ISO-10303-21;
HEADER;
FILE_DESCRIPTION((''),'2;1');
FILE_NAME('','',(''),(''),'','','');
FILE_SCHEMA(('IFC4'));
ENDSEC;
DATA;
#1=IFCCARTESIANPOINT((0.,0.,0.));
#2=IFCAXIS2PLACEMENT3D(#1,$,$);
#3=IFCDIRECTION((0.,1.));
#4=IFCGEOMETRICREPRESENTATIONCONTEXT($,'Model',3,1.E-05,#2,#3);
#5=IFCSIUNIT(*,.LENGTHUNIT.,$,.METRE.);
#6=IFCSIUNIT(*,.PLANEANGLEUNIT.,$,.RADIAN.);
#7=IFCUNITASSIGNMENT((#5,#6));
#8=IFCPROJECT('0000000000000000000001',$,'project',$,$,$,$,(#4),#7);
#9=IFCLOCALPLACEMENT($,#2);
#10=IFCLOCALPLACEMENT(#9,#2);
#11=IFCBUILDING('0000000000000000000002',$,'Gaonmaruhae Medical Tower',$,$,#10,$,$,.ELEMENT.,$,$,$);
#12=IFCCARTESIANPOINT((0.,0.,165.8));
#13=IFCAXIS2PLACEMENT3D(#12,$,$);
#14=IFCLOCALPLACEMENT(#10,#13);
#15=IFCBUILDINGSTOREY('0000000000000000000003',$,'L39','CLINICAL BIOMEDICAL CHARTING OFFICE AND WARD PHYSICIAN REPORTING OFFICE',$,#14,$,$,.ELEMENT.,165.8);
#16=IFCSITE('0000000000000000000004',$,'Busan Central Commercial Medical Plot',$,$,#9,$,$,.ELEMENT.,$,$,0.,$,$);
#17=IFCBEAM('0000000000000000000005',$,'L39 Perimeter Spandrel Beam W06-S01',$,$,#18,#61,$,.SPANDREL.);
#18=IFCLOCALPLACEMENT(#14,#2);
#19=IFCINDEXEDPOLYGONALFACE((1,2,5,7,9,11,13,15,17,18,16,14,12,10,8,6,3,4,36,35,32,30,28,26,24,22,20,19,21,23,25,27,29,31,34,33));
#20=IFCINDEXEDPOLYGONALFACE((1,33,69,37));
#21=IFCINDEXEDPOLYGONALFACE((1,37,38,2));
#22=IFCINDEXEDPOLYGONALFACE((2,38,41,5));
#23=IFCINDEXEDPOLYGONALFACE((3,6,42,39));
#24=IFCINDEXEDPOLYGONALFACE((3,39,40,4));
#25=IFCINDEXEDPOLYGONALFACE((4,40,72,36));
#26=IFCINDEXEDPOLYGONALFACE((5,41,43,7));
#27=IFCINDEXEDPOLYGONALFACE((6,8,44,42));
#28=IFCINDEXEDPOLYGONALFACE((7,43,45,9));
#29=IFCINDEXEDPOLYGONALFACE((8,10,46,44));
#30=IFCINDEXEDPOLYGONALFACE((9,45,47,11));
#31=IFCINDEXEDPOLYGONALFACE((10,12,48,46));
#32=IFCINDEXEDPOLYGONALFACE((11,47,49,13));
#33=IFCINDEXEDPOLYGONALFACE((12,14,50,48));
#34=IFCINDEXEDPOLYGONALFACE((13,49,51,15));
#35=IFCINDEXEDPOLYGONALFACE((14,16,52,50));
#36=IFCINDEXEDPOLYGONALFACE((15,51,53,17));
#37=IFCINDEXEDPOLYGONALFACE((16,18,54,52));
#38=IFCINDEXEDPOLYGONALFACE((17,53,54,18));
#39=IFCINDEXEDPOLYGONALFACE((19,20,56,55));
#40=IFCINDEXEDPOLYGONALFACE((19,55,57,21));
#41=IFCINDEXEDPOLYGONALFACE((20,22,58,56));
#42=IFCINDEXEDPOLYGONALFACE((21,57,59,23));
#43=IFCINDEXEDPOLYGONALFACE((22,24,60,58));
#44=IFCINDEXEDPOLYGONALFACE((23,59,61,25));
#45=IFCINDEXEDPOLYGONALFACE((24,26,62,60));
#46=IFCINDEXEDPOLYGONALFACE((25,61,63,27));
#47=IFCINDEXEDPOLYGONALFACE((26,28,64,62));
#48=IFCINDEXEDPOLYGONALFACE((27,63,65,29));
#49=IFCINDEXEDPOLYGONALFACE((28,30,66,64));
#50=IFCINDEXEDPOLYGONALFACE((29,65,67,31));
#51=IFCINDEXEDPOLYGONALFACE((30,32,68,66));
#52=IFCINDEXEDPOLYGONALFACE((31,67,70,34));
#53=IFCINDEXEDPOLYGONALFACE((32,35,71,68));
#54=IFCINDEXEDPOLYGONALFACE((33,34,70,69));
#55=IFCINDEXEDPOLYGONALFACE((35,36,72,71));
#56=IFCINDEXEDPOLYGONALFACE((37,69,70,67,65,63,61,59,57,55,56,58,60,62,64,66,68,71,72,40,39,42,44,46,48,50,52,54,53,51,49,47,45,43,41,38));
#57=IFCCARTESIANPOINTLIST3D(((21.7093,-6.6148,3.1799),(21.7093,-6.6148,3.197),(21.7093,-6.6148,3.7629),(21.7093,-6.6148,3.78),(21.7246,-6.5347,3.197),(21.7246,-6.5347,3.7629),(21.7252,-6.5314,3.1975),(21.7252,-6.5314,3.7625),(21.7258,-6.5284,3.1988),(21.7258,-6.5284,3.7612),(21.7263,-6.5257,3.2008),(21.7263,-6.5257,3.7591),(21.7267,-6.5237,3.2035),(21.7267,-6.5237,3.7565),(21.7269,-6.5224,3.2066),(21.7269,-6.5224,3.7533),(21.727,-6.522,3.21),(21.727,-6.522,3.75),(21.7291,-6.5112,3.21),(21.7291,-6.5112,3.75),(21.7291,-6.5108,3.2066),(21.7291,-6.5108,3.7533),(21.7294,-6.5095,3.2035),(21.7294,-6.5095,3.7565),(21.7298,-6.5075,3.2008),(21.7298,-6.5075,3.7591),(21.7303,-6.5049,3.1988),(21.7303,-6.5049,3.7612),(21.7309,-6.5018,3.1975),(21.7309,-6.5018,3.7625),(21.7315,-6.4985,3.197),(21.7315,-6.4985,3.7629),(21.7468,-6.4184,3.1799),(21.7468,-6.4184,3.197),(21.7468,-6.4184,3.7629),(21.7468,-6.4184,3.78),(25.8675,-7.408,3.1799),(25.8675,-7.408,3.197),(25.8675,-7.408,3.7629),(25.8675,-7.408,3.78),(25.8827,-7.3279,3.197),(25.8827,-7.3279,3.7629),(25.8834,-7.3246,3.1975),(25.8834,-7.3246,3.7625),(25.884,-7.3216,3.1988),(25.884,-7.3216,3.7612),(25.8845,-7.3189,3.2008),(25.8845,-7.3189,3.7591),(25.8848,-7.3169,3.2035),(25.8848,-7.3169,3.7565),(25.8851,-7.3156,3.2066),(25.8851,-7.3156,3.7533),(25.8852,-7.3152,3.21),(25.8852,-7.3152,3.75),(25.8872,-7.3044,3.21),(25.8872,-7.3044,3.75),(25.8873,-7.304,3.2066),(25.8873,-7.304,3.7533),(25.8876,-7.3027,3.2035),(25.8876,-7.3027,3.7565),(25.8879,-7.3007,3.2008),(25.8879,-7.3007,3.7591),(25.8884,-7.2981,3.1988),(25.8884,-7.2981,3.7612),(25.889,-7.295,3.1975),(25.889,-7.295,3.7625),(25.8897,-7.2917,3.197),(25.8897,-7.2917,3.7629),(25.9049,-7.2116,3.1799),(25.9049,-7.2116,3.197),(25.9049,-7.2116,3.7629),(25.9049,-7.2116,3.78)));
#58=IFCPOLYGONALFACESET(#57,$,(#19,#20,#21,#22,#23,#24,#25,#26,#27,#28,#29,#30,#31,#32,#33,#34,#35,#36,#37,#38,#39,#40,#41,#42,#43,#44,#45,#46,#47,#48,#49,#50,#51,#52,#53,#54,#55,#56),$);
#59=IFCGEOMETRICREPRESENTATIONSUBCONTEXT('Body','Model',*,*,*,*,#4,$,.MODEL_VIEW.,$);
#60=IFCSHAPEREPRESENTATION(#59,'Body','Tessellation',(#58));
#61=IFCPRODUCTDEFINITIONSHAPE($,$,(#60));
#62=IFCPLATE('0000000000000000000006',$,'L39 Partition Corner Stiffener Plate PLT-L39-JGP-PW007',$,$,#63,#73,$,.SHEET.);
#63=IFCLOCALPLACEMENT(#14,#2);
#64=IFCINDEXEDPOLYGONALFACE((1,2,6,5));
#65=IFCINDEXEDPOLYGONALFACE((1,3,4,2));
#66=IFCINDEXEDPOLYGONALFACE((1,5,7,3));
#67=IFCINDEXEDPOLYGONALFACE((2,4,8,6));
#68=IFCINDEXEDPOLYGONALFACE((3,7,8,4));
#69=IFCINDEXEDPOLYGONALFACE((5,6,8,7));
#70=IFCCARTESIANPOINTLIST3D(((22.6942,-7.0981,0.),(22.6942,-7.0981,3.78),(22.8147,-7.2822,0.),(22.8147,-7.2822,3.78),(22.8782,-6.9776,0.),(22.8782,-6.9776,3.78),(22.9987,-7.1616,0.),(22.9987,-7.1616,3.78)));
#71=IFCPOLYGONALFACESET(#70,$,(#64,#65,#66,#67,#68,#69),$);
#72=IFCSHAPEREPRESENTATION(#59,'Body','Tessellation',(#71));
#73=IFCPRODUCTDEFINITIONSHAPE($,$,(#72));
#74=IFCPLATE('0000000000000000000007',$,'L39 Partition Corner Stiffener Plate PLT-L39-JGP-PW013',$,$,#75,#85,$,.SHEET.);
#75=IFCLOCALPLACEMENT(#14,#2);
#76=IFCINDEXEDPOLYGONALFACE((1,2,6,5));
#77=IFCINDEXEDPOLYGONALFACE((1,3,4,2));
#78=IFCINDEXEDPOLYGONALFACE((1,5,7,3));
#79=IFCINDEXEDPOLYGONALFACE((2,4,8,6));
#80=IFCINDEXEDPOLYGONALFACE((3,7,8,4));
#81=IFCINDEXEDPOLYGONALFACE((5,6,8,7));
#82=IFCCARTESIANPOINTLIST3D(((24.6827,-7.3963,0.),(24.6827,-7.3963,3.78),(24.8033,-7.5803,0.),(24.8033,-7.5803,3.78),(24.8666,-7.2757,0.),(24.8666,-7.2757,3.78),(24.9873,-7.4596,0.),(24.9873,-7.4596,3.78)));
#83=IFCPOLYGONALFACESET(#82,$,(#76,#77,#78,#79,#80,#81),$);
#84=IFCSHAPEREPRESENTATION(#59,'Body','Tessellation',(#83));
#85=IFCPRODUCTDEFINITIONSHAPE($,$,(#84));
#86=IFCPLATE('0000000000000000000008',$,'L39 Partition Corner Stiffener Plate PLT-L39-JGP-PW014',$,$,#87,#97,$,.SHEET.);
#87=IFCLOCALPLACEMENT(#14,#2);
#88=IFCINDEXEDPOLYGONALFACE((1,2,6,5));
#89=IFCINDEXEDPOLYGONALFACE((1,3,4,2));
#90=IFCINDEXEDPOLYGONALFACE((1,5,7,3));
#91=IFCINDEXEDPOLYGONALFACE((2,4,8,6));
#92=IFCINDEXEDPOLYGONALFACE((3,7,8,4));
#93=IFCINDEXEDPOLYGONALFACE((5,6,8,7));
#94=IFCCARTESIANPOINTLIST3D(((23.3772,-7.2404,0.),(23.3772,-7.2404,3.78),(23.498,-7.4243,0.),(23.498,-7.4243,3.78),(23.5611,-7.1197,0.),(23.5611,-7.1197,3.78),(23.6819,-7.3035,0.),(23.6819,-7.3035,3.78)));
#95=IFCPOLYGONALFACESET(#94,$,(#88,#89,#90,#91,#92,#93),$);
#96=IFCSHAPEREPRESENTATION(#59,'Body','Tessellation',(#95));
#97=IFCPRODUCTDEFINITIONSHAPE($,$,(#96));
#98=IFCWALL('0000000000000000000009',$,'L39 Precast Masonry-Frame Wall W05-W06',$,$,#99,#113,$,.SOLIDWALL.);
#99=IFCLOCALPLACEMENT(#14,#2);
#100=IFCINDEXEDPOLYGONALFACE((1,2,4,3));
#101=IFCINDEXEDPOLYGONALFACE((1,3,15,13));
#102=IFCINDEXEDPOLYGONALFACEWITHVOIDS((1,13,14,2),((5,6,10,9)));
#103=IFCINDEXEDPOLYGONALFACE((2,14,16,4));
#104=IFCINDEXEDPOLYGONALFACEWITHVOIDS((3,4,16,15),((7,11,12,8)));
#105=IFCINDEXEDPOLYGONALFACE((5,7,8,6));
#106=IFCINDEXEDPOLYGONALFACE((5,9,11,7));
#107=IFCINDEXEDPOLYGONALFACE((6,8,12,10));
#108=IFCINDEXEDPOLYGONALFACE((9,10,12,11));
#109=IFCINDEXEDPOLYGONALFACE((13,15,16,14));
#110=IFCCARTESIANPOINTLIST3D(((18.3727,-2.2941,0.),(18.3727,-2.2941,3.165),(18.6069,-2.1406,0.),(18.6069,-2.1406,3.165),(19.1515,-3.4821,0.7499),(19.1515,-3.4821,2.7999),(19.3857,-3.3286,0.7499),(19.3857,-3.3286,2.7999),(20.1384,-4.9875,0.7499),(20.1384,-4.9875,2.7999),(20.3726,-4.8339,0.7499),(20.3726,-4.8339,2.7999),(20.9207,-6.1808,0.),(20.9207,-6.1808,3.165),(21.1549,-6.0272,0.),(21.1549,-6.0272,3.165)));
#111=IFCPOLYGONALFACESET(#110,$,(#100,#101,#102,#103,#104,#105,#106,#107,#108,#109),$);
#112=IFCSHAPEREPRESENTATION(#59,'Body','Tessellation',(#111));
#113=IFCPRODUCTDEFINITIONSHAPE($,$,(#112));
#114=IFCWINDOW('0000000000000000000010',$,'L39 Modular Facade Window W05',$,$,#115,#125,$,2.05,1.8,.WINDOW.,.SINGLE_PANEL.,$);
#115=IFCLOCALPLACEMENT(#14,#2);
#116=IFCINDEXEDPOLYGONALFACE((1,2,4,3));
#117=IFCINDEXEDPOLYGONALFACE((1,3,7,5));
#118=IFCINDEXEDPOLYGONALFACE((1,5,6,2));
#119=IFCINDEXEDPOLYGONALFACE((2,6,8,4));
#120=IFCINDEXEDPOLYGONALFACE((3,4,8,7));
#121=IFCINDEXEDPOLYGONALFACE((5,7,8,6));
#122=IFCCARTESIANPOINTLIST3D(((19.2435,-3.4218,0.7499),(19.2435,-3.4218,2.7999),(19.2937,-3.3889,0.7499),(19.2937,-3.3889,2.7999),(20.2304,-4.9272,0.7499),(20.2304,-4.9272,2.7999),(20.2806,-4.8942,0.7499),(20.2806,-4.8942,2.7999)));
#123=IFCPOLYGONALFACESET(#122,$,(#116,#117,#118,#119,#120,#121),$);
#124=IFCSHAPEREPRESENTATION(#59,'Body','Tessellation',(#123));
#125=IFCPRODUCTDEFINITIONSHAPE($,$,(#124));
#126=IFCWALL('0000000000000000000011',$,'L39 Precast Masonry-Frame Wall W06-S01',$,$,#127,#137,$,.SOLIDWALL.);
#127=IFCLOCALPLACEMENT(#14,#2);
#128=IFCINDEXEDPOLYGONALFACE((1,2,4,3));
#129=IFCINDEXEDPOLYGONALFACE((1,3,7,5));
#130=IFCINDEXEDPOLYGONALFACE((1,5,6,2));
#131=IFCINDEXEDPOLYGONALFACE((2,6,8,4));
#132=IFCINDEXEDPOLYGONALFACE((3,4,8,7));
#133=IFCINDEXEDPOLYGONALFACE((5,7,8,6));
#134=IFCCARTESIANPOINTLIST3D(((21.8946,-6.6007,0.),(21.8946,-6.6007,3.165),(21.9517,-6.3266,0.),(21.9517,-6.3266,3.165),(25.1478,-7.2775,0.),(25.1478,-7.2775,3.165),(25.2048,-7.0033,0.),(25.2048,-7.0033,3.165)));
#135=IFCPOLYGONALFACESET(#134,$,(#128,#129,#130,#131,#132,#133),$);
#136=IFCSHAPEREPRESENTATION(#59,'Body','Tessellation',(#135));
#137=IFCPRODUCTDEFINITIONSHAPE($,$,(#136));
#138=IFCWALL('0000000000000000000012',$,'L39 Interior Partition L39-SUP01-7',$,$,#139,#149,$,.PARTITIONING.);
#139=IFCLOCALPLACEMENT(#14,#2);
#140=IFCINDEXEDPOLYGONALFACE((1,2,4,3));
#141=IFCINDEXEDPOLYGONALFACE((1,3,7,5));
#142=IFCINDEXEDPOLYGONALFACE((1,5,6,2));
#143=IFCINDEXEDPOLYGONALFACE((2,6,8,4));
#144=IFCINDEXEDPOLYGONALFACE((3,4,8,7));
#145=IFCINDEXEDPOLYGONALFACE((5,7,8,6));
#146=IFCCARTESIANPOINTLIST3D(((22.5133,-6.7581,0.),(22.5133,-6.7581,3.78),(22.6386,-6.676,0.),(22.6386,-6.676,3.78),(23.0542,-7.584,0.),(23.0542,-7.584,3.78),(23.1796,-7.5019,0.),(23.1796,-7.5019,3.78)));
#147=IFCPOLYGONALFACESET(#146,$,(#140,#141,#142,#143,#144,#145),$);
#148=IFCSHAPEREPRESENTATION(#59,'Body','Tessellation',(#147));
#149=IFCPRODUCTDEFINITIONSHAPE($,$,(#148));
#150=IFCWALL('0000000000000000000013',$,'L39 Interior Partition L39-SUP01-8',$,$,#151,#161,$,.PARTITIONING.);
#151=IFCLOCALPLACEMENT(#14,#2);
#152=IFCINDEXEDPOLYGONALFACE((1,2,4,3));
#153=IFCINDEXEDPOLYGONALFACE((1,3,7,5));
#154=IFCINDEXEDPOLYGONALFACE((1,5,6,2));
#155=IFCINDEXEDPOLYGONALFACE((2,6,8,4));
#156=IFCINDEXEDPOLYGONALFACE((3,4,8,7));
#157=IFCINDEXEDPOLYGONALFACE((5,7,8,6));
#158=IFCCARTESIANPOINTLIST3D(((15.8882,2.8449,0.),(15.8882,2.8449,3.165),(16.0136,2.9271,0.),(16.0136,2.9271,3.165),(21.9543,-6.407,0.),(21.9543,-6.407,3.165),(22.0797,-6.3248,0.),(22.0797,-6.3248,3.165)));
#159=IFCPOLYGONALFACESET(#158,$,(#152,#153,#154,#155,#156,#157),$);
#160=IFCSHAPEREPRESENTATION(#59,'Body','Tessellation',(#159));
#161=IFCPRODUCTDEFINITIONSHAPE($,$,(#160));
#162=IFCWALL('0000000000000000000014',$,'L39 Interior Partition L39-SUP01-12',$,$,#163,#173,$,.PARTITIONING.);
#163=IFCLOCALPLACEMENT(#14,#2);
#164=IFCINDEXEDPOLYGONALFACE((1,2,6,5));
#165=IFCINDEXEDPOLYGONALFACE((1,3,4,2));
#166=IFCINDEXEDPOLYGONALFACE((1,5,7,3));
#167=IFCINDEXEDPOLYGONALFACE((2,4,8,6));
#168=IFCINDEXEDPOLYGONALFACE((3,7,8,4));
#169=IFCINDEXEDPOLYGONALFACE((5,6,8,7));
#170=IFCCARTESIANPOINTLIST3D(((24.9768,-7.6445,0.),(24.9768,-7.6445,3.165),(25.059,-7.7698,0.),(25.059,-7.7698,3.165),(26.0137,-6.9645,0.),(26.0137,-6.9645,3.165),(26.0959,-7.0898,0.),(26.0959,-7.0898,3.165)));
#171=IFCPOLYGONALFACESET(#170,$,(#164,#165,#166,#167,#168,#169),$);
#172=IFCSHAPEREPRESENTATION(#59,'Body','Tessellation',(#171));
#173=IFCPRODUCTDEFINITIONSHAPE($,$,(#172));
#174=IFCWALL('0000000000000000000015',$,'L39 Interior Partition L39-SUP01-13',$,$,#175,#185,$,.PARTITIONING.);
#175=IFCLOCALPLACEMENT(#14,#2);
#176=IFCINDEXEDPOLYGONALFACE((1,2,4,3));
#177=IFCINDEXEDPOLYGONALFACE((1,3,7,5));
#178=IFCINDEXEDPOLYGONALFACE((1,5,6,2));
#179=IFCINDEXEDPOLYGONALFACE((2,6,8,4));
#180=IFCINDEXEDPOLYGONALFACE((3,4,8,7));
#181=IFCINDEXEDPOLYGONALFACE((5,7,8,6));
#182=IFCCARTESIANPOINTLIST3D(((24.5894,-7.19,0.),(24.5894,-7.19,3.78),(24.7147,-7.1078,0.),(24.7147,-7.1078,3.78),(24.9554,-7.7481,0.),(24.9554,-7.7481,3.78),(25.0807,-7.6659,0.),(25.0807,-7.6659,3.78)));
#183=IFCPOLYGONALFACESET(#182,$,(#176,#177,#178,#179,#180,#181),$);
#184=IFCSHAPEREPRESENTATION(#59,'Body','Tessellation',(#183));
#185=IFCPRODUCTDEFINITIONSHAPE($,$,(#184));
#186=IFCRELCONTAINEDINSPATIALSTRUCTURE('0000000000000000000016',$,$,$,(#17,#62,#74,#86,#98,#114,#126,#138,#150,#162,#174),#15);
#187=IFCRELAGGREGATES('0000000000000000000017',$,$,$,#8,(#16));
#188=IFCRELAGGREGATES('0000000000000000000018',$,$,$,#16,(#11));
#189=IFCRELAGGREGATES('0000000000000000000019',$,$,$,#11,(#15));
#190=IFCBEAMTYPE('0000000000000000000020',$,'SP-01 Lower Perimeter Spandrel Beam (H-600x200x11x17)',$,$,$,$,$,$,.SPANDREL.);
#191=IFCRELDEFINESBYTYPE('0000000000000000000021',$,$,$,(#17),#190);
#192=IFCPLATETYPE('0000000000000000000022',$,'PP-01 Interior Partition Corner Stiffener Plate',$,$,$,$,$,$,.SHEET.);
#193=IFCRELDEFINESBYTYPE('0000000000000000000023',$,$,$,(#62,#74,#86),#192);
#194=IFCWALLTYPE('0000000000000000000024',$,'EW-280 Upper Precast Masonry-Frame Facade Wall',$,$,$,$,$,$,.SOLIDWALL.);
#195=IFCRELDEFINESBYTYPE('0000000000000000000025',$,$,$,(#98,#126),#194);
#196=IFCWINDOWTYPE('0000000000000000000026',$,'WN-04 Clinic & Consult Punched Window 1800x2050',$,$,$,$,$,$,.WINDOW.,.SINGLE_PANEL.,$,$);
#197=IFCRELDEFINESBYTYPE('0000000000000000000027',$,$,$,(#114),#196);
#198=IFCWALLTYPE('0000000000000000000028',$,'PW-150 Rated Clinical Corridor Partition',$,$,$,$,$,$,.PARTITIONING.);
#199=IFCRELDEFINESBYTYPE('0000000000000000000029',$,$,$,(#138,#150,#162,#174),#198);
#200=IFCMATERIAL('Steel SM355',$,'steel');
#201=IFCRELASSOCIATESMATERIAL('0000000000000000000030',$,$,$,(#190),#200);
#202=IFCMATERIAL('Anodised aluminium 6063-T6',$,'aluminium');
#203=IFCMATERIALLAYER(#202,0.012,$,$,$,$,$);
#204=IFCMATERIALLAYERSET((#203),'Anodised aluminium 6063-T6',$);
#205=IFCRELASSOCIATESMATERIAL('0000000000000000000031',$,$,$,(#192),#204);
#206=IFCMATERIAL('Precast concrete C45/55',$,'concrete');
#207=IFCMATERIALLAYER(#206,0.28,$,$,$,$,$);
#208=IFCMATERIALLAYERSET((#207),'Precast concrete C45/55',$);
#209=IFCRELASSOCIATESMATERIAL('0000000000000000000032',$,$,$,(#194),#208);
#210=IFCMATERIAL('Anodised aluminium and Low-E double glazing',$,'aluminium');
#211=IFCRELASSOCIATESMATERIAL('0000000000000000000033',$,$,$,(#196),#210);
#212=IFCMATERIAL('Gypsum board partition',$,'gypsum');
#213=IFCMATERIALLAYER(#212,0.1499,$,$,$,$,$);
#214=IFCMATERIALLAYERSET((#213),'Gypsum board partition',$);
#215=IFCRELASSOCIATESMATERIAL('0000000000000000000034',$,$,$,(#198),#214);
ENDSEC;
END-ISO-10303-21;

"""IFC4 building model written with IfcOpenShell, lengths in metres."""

from ifc_helpers import new_model, si_unit, direction, frame, frame_2d, origin, origin_2d, place, context, subcontext, project, spatial, rectangle, i_section, extrude, material, layer, layer_set, material_profile, profile_set, type_object, element, fill, save


model = new_model("IFC4")

# Units and contexts
model_context = context("Model", 3, precision=1e-05, world=origin(), true_north=direction((0.0, 1.0)))
body_context = subcontext(model_context, "Body", "Model", "MODEL_VIEW")
ifc_project = project(units=[si_unit("LENGTHUNIT", "METRE"), si_unit("PLANEANGLEUNIT", "RADIAN")], contexts=[model_context])

# Site, building, storey
site_placement = place(None, origin())
site = spatial("IfcSite", under=ifc_project, at=site_placement, Name="Busan Central Commercial Medical Plot", CompositionType="ELEMENT", RefElevation=0.0)
building_placement = place(site_placement, origin())
building = spatial("IfcBuilding", under=site, at=building_placement, Name="Gaonmaruhae Medical Tower", CompositionType="ELEMENT")
storey_placement = place(building_placement, frame((0.0, 0.0, 165.8)))
storey = spatial("IfcBuildingStorey", under=building, at=storey_placement, Name="L39", Description="CLINICAL BIOMEDICAL CHARTING OFFICE AND WARD PHYSICIAN REPORTING OFFICE", CompositionType="ELEMENT", Elevation=165.8)

# Beam
ifc_material_1 = material(Name="Steel SM355", Category="steel")
ifc_material_profile_1 = material_profile(ifc_material_1, i_section(OverallWidth=0.2, OverallDepth=0.6001, WebThickness=0.011, FlangeThickness=0.0171, FilletRadius=0.0129, at=origin_2d()), Name="H-600x200x11x17")
ifc_profile_set_1 = profile_set([ifc_material_profile_1], Name="Steel SM355")
beam_type_1 = type_object("IfcBeamType", Name="SP-01 Lower Perimeter Spandrel Beam (H-600x200x11x17)", PredefinedType="SPANDREL", material=ifc_profile_set_1)
beam_1_placement = place(storey_placement, frame((21.728, -6.5166, 3.48), z_axis=(0.982288, -0.18738, 0.0), x_axis=(0.18738, 0.982288, 0.0)))
element("IfcBeam", 1, at=beam_1_placement, inside=storey, type_object=beam_type_1, Name="L39 Perimeter Spandrel Beam W06-S01", PredefinedType="SPANDREL", context=body_context, shape_type="SweptSolid", body=[
    extrude(i_section(OverallWidth=0.2, OverallDepth=0.6001, WebThickness=0.011, FlangeThickness=0.0171, FilletRadius=0.0129, at=origin_2d()), origin(), (0.0, 0.0, 1.0), 4.2332),
])

# Plates
ifc_material_2 = material(Name="Anodised aluminium 6063-T6", Category="aluminium")
ifc_layer_1 = layer(ifc_material_2, 0.012)
ifc_layer_set_1 = layer_set([ifc_layer_1], Name="Anodised aluminium 6063-T6")
plate_type = type_object("IfcPlateType", Name="PP-01 Interior Partition Corner Stiffener Plate", PredefinedType="SHEET", material=ifc_layer_set_1)
for number, where, z_axis, x_axis, name in (
    (2, (22.8464, -7.1299, 0.0), (0.0, 0.0, 1.0), (-0.547899, 0.836544, 0.0), "L39 Partition Corner Stiffener Plate PLT-L39-JGP-PW007"),
    (3, (24.835, -7.428, 0.0), (0.0, 0.0, 1.0), (-0.548454, 0.836181, 0.0), "L39 Partition Corner Stiffener Plate PLT-L39-JGP-PW013"),
    (4, (23.5295, -7.272, 0.0), (0.0, 0.0, 1.0), (-0.835769, -0.549081, 0.0), "L39 Partition Corner Stiffener Plate PLT-L39-JGP-PW014"),
):
    element("IfcPlate", number, at=place(storey_placement, frame(where, z_axis=z_axis, x_axis=x_axis)), inside=storey, type_object=plate_type, Name=name, PredefinedType="SHEET", context=body_context, shape_type="SweptSolid", body=[
        extrude(rectangle(XDim=0.22, YDim=0.22, at=origin_2d()), origin(), (0.0, 0.0, 1.0), 3.78),
    ])

# Wall, opening, window
ifc_material_3 = material(Name="Precast concrete C45/55", Category="concrete")
ifc_layer_2 = layer(ifc_material_3, 0.28)
ifc_layer_set_2 = layer_set([ifc_layer_2], Name="Precast concrete C45/55")
wall_type_1 = type_object("IfcWallType", Name="EW-280 Upper Precast Masonry-Frame Facade Wall", PredefinedType="SOLIDWALL", material=ifc_layer_set_2)
wall_1_placement = place(storey_placement, frame((21.0378, -6.104, 0.0), z_axis=(0.0, 0.0, 1.0), x_axis=(-0.548271, 0.836301, 0.0)))
wall_1 = element("IfcWall", 5, at=wall_1_placement, inside=storey, type_object=wall_type_1, Name="L39 Precast Masonry-Frame Wall W05-W06", PredefinedType="SOLIDWALL", context=body_context, shape_type="SweptSolid", body=[
    extrude(rectangle(XDim=4.6475, YDim=0.28, at=frame_2d((2.3237, 0.0))), origin(), (0.0, 0.0, 1.0), 3.165),
])
opening_placement = place(wall_1_placement, frame((1.427, 0.0, 0.75)))
opening = element("IfcOpeningElement", 6, at=opening_placement, cuts=wall_1, PredefinedType="OPENING", context=body_context, shape_type="SweptSolid", body=[
    extrude(rectangle(XDim=1.8, YDim=2.05, at=frame_2d((0.8999, 1.0249))), frame((0.0, 0.1499, 0.0), z_axis=(0.0, -1.0, 0.0), x_axis=(1.0, 0.0, 0.0)), (0.0, 0.0, 1.0), 0.3),
])
ifc_material_4 = material(Name="Anodised aluminium and Low-E double glazing", Category="aluminium")
window_type = type_object("IfcWindowType", Name="WN-04 Clinic & Consult Punched Window 1800x2050", PartitioningType="SINGLE_PANEL", PredefinedType="WINDOW", material=ifc_material_4)
window_placement = place(opening_placement, origin())
window = element("IfcWindow", 7, at=window_placement, inside=storey, type_object=window_type, Name="L39 Modular Facade Window W05", OverallHeight=2.05, OverallWidth=1.8, PartitioningType="SINGLE_PANEL", PredefinedType="WINDOW", context=body_context, shape_type="SweptSolid", body=[
    extrude(rectangle(XDim=1.8, YDim=2.05, at=frame_2d((0.8999, 1.0249))), frame((0.0, 0.03, 0.0), z_axis=(0.0, -1.0, 0.0), x_axis=(1.0, 0.0, 0.0)), (0.0, 0.0, 1.0), 0.0601),
])
fill(opening, window)

# Walls
wall_2_placement = place(storey_placement, frame((25.1763, -7.1404, 0.0), z_axis=(0.0, 0.0, 1.0), x_axis=(-0.97904, 0.20367, 0.0)))
element("IfcWall", 8, at=wall_2_placement, inside=storey, type_object=wall_type_1, Name="L39 Precast Masonry-Frame Wall W06-S01", PredefinedType="SOLIDWALL", context=body_context, shape_type="SweptSolid", body=[
    extrude(rectangle(XDim=3.3228, YDim=0.28, at=frame_2d((1.6614, 0.0))), origin(), (0.0, 0.0, 1.0), 3.165),
])
ifc_material_5 = material(Name="Gypsum board partition", Category="gypsum")
ifc_layer_3 = layer(ifc_material_5, 0.1499)
ifc_layer_set_3 = layer_set([ifc_layer_3], Name="Gypsum board partition")
wall_type_2 = type_object("IfcWallType", Name="PW-150 Rated Clinical Corridor Partition", PredefinedType="PARTITIONING", material=ifc_layer_set_3)
wall_3_placement = place(storey_placement, frame((23.1169, -7.543, 0.0), z_axis=(0.0, 0.0, 1.0), x_axis=(-0.547949, 0.836512, 0.0)))
element("IfcWall", 9, at=wall_3_placement, inside=storey, type_object=wall_type_2, Name="L39 Interior Partition L39-SUP01-7", PredefinedType="PARTITIONING", context=body_context, shape_type="SweptSolid", body=[
    extrude(rectangle(XDim=0.9873, YDim=0.1499, at=frame_2d((0.4937, 0.0))), origin(), (0.0, 0.0, 1.0), 3.78),
])
wall_4_placement = place(storey_placement, frame((22.0171, -6.366, 0.0), z_axis=(0.0, 0.0, 1.0), x_axis=(-0.548313, 0.836273, 0.0)))
element("IfcWall", 10, at=wall_4_placement, inside=storey, type_object=wall_type_2, Name="L39 Interior Partition L39-SUP01-8", PredefinedType="PARTITIONING", context=body_context, shape_type="SweptSolid", body=[
    extrude(rectangle(XDim=11.0632, YDim=0.1499, at=frame_2d((5.5317, 0.0))), origin(), (0.0, 0.0, 1.0), 3.165),
])
wall_5_placement = place(storey_placement, frame((26.0549, -7.0271, 0.0), z_axis=(0.0, 0.0, 1.0), x_axis=(-0.836237, -0.548368, 0.0)))
element("IfcWall", 11, at=wall_5_placement, inside=storey, type_object=wall_type_2, Name="L39 Interior Partition L39-SUP01-12", PredefinedType="PARTITIONING", context=body_context, shape_type="SweptSolid", body=[
    extrude(rectangle(XDim=1.24, YDim=0.1499, at=frame_2d((0.6201, 0.0))), origin(), (0.0, 0.0, 1.0), 3.165),
])
wall_6_placement = place(storey_placement, frame((25.0181, -7.707, 0.0), z_axis=(0.0, 0.0, 1.0), x_axis=(-0.548353, 0.836247, 0.0)))
element("IfcWall", 12, at=wall_6_placement, inside=storey, type_object=wall_type_2, Name="L39 Interior Partition L39-SUP01-13", PredefinedType="PARTITIONING", context=body_context, shape_type="SweptSolid", body=[
    extrude(rectangle(XDim=0.6675, YDim=0.1499, at=frame_2d((0.3337, 0.0))), origin(), (0.0, 0.0, 1.0), 3.78),
])

save(model, "model.ifc")
